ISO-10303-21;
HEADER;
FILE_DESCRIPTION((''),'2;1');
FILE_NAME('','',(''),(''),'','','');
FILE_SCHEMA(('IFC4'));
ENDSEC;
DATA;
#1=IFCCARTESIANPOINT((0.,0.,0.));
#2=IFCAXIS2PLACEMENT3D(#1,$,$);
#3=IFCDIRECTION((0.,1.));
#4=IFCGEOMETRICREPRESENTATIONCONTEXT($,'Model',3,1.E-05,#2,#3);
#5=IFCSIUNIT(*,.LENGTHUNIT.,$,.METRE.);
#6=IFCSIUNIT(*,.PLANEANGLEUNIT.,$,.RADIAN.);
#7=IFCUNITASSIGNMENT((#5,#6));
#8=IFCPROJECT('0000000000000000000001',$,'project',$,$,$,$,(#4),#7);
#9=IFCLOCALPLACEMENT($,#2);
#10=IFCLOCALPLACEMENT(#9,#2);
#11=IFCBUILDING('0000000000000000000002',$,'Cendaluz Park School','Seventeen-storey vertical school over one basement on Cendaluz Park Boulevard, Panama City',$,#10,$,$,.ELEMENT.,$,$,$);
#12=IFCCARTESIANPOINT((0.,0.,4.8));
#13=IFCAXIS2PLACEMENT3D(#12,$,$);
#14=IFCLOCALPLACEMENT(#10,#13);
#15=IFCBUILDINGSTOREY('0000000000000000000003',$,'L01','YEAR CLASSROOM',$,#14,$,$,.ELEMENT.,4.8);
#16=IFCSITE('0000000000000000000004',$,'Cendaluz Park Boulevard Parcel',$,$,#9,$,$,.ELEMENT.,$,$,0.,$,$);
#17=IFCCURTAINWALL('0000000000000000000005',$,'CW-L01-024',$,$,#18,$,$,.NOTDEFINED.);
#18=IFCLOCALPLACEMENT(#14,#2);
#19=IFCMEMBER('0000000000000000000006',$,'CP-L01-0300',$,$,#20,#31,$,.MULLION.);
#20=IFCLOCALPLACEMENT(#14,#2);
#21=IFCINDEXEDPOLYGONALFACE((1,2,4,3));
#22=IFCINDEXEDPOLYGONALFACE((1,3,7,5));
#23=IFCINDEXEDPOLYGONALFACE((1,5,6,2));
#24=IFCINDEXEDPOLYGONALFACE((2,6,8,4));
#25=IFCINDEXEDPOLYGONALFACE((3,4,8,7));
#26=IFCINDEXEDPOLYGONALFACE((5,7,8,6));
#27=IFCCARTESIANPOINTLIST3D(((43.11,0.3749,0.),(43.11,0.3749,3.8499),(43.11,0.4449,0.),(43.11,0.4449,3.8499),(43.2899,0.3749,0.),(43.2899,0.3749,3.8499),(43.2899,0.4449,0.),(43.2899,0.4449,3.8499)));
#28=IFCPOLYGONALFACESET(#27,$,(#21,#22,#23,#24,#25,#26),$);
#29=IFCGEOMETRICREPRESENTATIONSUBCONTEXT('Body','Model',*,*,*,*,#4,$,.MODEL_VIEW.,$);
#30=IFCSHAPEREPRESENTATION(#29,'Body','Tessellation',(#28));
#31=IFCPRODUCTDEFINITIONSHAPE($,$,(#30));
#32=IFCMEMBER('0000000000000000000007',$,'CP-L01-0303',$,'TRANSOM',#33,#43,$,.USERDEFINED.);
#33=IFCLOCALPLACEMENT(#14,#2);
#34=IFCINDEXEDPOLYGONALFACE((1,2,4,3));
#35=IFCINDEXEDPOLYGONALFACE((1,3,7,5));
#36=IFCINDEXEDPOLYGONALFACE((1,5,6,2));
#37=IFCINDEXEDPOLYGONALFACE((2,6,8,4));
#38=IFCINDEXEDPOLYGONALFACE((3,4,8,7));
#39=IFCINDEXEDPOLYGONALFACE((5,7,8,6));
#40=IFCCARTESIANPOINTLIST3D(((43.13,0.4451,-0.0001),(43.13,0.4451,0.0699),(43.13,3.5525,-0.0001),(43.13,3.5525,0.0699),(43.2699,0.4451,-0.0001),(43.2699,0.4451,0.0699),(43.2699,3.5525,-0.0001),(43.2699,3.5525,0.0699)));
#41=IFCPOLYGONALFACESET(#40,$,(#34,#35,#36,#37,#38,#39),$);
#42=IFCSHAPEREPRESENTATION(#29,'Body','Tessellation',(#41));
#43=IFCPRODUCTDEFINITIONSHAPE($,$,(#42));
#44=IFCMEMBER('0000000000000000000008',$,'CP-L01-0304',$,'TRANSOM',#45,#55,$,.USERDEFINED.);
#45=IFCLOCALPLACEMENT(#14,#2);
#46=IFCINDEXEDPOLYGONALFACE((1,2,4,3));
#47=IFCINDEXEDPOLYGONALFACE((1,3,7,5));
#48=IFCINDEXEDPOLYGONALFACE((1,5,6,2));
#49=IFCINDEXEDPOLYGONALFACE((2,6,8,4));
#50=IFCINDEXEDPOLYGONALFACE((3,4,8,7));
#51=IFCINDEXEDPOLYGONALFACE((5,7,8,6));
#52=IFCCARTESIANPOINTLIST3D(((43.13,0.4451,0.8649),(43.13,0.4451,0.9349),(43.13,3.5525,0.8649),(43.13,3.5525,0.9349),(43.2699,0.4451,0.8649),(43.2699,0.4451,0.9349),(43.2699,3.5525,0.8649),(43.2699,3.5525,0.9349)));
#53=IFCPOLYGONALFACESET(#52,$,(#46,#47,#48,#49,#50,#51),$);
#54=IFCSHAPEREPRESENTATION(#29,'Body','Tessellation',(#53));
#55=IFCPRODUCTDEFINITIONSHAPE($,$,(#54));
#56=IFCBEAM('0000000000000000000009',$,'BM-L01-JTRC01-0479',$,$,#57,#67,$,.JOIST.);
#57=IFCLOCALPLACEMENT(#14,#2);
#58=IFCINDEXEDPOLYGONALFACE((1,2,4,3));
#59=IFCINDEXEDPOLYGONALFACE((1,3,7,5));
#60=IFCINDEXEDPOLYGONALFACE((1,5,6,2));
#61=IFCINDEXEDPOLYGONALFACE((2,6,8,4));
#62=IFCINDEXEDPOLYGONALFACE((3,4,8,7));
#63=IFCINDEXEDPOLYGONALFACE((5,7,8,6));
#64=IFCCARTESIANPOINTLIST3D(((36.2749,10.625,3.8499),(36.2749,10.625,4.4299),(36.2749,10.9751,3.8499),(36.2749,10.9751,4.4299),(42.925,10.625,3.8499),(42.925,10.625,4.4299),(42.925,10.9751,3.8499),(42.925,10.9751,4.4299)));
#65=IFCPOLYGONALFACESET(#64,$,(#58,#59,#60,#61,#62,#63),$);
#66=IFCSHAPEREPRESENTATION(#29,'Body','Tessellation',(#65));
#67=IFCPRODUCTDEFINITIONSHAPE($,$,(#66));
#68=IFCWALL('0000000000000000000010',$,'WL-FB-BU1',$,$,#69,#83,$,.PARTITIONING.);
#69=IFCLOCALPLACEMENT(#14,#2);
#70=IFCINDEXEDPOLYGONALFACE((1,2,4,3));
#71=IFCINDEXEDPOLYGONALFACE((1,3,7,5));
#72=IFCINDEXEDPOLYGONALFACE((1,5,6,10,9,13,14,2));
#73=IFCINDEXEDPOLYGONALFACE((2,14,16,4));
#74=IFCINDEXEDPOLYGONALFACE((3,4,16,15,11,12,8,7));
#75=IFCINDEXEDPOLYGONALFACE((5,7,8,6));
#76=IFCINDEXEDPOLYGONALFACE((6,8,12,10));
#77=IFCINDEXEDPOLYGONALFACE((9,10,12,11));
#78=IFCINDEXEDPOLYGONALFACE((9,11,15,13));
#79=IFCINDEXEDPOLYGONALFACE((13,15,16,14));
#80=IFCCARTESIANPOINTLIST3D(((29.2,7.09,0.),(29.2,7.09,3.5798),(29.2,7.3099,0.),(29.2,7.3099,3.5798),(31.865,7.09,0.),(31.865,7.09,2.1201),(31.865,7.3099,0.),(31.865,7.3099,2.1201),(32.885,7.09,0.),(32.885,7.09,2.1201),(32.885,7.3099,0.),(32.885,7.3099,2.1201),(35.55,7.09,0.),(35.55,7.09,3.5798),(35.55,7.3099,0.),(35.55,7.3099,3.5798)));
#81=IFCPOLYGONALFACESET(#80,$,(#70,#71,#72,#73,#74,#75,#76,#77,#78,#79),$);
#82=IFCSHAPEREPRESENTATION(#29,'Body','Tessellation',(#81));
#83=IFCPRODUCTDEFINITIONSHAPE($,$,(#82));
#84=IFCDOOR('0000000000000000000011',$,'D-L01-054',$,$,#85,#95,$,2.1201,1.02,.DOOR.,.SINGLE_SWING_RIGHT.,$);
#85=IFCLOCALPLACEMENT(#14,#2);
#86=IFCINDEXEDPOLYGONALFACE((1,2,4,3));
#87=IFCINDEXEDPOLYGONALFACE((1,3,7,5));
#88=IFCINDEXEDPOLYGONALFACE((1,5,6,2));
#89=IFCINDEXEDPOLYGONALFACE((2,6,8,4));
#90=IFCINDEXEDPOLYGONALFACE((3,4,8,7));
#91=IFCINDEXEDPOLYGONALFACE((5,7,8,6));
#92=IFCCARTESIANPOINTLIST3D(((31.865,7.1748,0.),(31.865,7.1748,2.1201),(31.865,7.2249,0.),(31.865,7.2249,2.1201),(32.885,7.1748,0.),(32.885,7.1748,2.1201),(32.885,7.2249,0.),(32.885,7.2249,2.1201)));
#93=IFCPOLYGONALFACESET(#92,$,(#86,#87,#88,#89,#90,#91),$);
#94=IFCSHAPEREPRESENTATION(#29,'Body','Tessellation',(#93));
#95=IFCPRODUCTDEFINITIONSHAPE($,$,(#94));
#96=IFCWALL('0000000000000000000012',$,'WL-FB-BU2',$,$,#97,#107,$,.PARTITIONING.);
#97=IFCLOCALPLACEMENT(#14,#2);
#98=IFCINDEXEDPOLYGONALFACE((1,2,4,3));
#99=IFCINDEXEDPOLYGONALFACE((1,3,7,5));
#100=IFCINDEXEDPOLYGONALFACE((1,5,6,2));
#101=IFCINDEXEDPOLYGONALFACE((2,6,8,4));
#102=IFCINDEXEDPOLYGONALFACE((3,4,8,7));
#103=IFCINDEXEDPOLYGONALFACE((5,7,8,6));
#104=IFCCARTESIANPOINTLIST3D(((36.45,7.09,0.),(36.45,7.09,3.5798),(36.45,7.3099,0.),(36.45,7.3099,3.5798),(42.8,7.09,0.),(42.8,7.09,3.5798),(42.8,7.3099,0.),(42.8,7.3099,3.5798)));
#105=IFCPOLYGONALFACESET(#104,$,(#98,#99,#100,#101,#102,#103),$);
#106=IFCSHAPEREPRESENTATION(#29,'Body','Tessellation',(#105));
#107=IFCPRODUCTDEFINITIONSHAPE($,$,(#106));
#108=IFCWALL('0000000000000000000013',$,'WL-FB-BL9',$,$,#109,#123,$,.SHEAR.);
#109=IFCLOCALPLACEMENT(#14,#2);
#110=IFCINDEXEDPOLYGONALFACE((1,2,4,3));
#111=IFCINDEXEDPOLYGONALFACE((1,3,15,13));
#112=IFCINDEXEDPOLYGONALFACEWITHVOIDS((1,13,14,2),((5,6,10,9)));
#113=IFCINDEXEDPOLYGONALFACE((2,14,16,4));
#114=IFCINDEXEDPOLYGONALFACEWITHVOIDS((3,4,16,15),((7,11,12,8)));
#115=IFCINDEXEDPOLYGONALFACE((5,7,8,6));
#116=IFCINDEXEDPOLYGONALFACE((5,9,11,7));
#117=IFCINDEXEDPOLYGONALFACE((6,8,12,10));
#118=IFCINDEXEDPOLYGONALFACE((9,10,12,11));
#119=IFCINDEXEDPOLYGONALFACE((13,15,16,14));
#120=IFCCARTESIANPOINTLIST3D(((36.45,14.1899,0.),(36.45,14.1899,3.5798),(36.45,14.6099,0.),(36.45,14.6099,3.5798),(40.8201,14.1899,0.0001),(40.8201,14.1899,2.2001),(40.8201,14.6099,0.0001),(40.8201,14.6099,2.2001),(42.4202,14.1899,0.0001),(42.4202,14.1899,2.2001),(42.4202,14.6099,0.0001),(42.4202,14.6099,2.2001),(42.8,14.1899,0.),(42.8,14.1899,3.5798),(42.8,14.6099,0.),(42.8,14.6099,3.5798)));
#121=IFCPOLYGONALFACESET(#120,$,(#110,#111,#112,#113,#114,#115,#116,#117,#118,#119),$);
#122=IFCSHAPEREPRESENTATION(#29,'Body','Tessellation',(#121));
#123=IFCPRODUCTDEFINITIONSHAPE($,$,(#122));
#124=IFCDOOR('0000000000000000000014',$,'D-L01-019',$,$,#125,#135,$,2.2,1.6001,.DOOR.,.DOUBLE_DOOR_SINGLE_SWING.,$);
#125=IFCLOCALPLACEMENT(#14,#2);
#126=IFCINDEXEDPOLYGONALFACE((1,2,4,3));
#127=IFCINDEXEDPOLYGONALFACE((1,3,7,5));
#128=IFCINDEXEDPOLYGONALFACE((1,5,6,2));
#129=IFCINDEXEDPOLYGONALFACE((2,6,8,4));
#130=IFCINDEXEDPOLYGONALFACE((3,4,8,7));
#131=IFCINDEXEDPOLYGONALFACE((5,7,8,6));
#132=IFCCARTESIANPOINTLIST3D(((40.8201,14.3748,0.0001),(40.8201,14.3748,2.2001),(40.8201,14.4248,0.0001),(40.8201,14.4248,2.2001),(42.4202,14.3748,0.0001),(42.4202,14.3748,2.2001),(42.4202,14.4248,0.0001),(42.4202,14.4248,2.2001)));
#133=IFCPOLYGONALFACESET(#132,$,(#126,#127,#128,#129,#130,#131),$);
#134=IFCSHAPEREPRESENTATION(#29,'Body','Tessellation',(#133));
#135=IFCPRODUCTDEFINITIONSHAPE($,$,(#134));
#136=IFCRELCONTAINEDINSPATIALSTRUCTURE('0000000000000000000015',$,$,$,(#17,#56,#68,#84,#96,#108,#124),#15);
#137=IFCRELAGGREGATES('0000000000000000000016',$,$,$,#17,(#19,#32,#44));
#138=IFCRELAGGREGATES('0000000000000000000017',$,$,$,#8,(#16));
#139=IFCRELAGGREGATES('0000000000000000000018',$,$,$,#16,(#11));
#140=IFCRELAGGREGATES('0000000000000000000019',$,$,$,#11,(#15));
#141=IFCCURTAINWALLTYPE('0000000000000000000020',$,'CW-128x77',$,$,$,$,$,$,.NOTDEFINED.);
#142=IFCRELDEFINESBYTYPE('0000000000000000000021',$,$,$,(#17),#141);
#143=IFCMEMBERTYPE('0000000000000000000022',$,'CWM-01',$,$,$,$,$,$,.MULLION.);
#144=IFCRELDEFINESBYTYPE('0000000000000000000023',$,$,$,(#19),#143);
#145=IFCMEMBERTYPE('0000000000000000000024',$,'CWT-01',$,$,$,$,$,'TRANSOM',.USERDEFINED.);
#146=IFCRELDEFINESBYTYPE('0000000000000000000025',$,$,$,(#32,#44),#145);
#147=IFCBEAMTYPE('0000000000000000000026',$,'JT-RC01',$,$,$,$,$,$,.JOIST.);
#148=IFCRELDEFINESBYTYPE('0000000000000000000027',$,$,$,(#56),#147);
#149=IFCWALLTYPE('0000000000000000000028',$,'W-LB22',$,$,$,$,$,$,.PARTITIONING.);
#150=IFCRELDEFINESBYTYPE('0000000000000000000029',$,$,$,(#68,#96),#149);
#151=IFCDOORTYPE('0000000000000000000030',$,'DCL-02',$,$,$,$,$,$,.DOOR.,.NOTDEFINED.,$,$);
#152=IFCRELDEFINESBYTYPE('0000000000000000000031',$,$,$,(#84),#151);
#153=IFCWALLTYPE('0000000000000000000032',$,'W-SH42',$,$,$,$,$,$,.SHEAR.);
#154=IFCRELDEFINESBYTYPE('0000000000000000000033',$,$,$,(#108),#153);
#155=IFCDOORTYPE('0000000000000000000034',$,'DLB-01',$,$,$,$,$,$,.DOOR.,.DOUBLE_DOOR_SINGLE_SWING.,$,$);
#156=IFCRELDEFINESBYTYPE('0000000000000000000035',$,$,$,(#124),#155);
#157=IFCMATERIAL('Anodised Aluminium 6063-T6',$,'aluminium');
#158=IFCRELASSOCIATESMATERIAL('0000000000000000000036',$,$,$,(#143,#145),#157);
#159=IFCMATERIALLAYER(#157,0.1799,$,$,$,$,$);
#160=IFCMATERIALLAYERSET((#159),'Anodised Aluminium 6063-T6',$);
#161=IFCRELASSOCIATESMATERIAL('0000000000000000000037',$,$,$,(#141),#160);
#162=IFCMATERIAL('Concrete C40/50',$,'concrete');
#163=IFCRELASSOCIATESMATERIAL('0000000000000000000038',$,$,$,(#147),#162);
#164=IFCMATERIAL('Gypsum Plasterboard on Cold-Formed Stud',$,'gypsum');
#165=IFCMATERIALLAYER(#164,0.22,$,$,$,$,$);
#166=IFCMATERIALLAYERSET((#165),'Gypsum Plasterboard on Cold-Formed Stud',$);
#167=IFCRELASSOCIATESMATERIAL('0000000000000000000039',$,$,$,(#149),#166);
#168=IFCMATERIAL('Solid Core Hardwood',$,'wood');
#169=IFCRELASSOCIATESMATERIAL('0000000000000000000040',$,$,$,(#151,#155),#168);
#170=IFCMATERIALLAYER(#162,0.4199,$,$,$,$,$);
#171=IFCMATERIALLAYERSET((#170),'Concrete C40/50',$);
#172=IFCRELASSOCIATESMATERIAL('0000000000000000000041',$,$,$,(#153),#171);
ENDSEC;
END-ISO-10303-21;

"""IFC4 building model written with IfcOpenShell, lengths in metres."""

from ifc_helpers import new_model, si_unit, direction, frame, frame_2d, origin, origin_2d, place, context, subcontext, project, spatial, rectangle, extrude, material, layer, layer_set, material_profile, profile_set, type_object, element, fill, aggregate, save


model = new_model("IFC4")

# Units and contexts
model_context = context("Model", 3, precision=1e-05, world=origin(), true_north=direction((0.0, 1.0)))
body_context = subcontext(model_context, "Body", "Model", "MODEL_VIEW")
ifc_project = project(units=[si_unit("LENGTHUNIT", "METRE"), si_unit("PLANEANGLEUNIT", "RADIAN")], contexts=[model_context])

# Site, building, storey
site_placement = place(None, origin())
site = spatial("IfcSite", under=ifc_project, at=site_placement, Name="Cendaluz Park Boulevard Parcel", CompositionType="ELEMENT", RefElevation=0.0)
building_placement = place(site_placement, origin())
building = spatial("IfcBuilding", under=site, at=building_placement, Name="Cendaluz Park School", Description="Seventeen-storey vertical school over one basement on Cendaluz Park Boulevard, Panama City", CompositionType="ELEMENT")
storey_placement = place(building_placement, frame((0.0, 0.0, 4.8)))
storey = spatial("IfcBuildingStorey", under=building, at=storey_placement, Name="L01", Description="YEAR CLASSROOM", CompositionType="ELEMENT", Elevation=4.8)

# Shared definitions
ifc_material_1 = material(Name="Concrete C40/50", Category="concrete")

# Shared definitions
ifc_material_2 = material(Name="Anodised Aluminium 6063-T6", Category="aluminium")
ifc_material_profile_1 = material_profile(ifc_material_2, rectangle(XDim=0.1799, YDim=0.0701, at=origin_2d()), Name="CWM 180x70", Category="aluminium")
ifc_profile_set_1 = profile_set([ifc_material_profile_1], Name="Anodised Aluminium 6063-T6")
member_type_1 = type_object("IfcMemberType", Name="CWM-01", PredefinedType="MULLION", material=ifc_profile_set_1)

# Curtain wall, members
ifc_layer_1 = layer(ifc_material_2, 0.1799)
ifc_layer_set_1 = layer_set([ifc_layer_1], Name="Anodised Aluminium 6063-T6")
curtain_wall_type_1 = type_object("IfcCurtainWallType", Name="CW-128x77", PredefinedType="NOTDEFINED", material=ifc_layer_set_1)
curtain_wall_1_placement = place(storey_placement, origin())
curtain_wall_1 = element("IfcCurtainWall", 1, at=curtain_wall_1_placement, inside=storey, type_object=curtain_wall_type_1, Name="CW-L01-024", PredefinedType="NOTDEFINED")
member_1_placement = place(storey_placement, frame((43.2, 0.4099, 0.0), z_axis=(0.0, 0.0, 1.0), x_axis=(-1.0, 0.0, 0.0)))
member_1 = element("IfcMember", 2, at=member_1_placement, type_object=member_type_1, Name="CP-L01-0300", PredefinedType="MULLION", context=body_context, shape_type="SweptSolid", body=[
    extrude(rectangle(XDim=0.1799, YDim=0.0701, at=origin_2d()), origin(), (0.0, 0.0, 1.0), 3.8499),
])
ifc_material_profile_2 = material_profile(ifc_material_2, rectangle(XDim=0.1399, YDim=0.0701, at=origin_2d()), Name="CWT 140x70", Category="aluminium")
ifc_profile_set_2 = profile_set([ifc_material_profile_2], Name="Anodised Aluminium 6063-T6")
member_type_2 = type_object("IfcMemberType", Name="CWT-01", ElementType="TRANSOM", PredefinedType="USERDEFINED", material=ifc_profile_set_2)
member_2_placement = place(storey_placement, frame((43.2, 0.4451, 0.0349), z_axis=(0.0, 1.0, 0.0), x_axis=(-1.0, 0.0, 0.0)))
member_2 = element("IfcMember", 3, at=member_2_placement, type_object=member_type_2, Name="CP-L01-0303", ObjectType="TRANSOM", PredefinedType="USERDEFINED", context=body_context, shape_type="SweptSolid", body=[
    extrude(rectangle(XDim=0.1399, YDim=0.0701, at=origin_2d()), origin(), (0.0, 0.0, 1.0), 3.1074),
])
member_3_placement = place(storey_placement, frame((43.2, 0.4451, 0.8999), z_axis=(0.0, 1.0, 0.0), x_axis=(-1.0, 0.0, 0.0)))
member_3 = element("IfcMember", 4, at=member_3_placement, type_object=member_type_2, Name="CP-L01-0304", ObjectType="TRANSOM", PredefinedType="USERDEFINED", context=body_context, shape_type="SweptSolid", body=[
    extrude(rectangle(XDim=0.1399, YDim=0.0701, at=origin_2d()), origin(), (0.0, 0.0, 1.0), 3.1074),
])
aggregate(curtain_wall_1, [member_1, member_2, member_3])

# Beam
ifc_material_profile_3 = material_profile(ifc_material_1, rectangle(XDim=0.3501, YDim=0.5801, at=origin_2d()), Name="RC 350x580", Category="concrete")
ifc_profile_set_3 = profile_set([ifc_material_profile_3], Name="Concrete C40/50")
beam_type_1 = type_object("IfcBeamType", Name="JT-RC01", PredefinedType="JOIST", material=ifc_profile_set_3)
beam_1_placement = place(storey_placement, frame((36.2749, 10.8, 4.1399), z_axis=(1.0, 0.0, 0.0), x_axis=(0.0, 1.0, 0.0)))
element("IfcBeam", 5, at=beam_1_placement, inside=storey, type_object=beam_type_1, Name="BM-L01-JTRC01-0479", PredefinedType="JOIST", context=body_context, shape_type="SweptSolid", body=[
    extrude(rectangle(XDim=0.3501, YDim=0.5801, at=origin_2d()), origin(), (0.0, 0.0, 1.0), 6.6501),
])

# Shared definitions
ifc_material_3 = material(Name="Solid Core Hardwood", Category="wood")

# Wall, opening, door
ifc_material_4 = material(Name="Gypsum Plasterboard on Cold-Formed Stud", Category="gypsum")
ifc_layer_2 = layer(ifc_material_4, 0.22)
ifc_layer_set_2 = layer_set([ifc_layer_2], Name="Gypsum Plasterboard on Cold-Formed Stud")
wall_type_1 = type_object("IfcWallType", Name="W-LB22", PredefinedType="PARTITIONING", material=ifc_layer_set_2)
wall_1_placement = place(storey_placement, frame((29.2, 7.2, 0.0), z_axis=(0.0, 0.0, 1.0), x_axis=(1.0, 0.0, 0.0)))
wall_1 = element("IfcWall", 6, at=wall_1_placement, inside=storey, type_object=wall_type_1, Name="WL-FB-BU1", PredefinedType="PARTITIONING", context=body_context, shape_type="SweptSolid", body=[
    extrude(rectangle(XDim=6.3501, YDim=0.22, at=frame_2d((3.175, 0.0))), origin(), (0.0, 0.0, 1.0), 3.5798),
])
opening_1_placement = place(wall_1_placement, frame((2.665, 0.0, 0.0)))
opening_1 = element("IfcOpeningElement", 7, at=opening_1_placement, cuts=wall_1, PredefinedType="OPENING", context=body_context, shape_type="SweptSolid", body=[
    extrude(rectangle(XDim=1.02, YDim=2.1201, at=frame_2d((0.51, 1.0601))), frame((0.0, 0.1221, 0.0), z_axis=(0.0, -1.0, 0.0), x_axis=(1.0, 0.0, 0.0)), (0.0, 0.0, 1.0), 0.2439),
])
door_type_1 = type_object("IfcDoorType", Name="DCL-02", OperationType="NOTDEFINED", PredefinedType="DOOR", material=ifc_material_3)
door_1_placement = place(opening_1_placement, origin())
door_1 = element("IfcDoor", 8, at=door_1_placement, inside=storey, type_object=door_type_1, Name="D-L01-054", OperationType="SINGLE_SWING_RIGHT", OverallHeight=2.1201, OverallWidth=1.02, PredefinedType="DOOR", context=body_context, shape_type="SweptSolid", body=[
    extrude(rectangle(XDim=1.02, YDim=2.1201, at=frame_2d((0.51, 1.0601))), frame((0.0, 0.0249, 0.0), z_axis=(0.0, -1.0, 0.0), x_axis=(1.0, 0.0, 0.0)), (0.0, 0.0, 1.0), 0.05),
])
fill(opening_1, door_1)

# Wall
wall_2_placement = place(storey_placement, frame((36.45, 7.2, 0.0), z_axis=(0.0, 0.0, 1.0), x_axis=(1.0, 0.0, 0.0)))
element("IfcWall", 9, at=wall_2_placement, inside=storey, type_object=wall_type_1, Name="WL-FB-BU2", PredefinedType="PARTITIONING", context=body_context, shape_type="SweptSolid", body=[
    extrude(rectangle(XDim=6.3501, YDim=0.22, at=frame_2d((3.175, 0.0))), origin(), (0.0, 0.0, 1.0), 3.5798),
])

# Wall, opening, door
ifc_layer_3 = layer(ifc_material_1, 0.4199)
ifc_layer_set_3 = layer_set([ifc_layer_3], Name="Concrete C40/50")
wall_type_2 = type_object("IfcWallType", Name="W-SH42", PredefinedType="SHEAR", material=ifc_layer_set_3)
wall_3_placement = place(storey_placement, frame((36.45, 14.3999, 0.0), z_axis=(0.0, 0.0, 1.0), x_axis=(1.0, 0.0, 0.0)))
wall_3 = element("IfcWall", 10, at=wall_3_placement, inside=storey, type_object=wall_type_2, Name="WL-FB-BL9", PredefinedType="SHEAR", context=body_context, shape_type="SweptSolid", body=[
    extrude(rectangle(XDim=6.3501, YDim=0.4199, at=frame_2d((3.175, 0.0))), origin(), (0.0, 0.0, 1.0), 3.5798),
])
opening_2_placement = place(wall_3_placement, frame((4.3701, 0.0, 0.0)))
opening_2 = element("IfcOpeningElement", 11, at=opening_2_placement, cuts=wall_3, PredefinedType="OPENING", context=body_context, shape_type="SweptSolid", body=[
    extrude(rectangle(XDim=1.6001, YDim=2.2, at=frame_2d((0.8, 1.1001))), frame((0.0, 0.2219, 0.0), z_axis=(0.0, -1.0, 0.0), x_axis=(1.0, 0.0, 0.0)), (0.0, 0.0, 1.0), 0.4438),
])
door_type_2 = type_object("IfcDoorType", Name="DLB-01", OperationType="DOUBLE_DOOR_SINGLE_SWING", PredefinedType="DOOR", material=ifc_material_3)
door_2_placement = place(opening_2_placement, origin())
door_2 = element("IfcDoor", 12, at=door_2_placement, inside=storey, type_object=door_type_2, Name="D-L01-019", OperationType="DOUBLE_DOOR_SINGLE_SWING", OverallHeight=2.2, OverallWidth=1.6001, PredefinedType="DOOR", context=body_context, shape_type="SweptSolid", body=[
    extrude(rectangle(XDim=1.6001, YDim=2.2, at=frame_2d((0.8, 1.1001))), frame((0.0, 0.0249, 0.0), z_axis=(0.0, -1.0, 0.0), x_axis=(1.0, 0.0, 0.0)), (0.0, 0.0, 1.0), 0.05),
])
fill(opening_2, door_2)

save(model, "model.ifc")
